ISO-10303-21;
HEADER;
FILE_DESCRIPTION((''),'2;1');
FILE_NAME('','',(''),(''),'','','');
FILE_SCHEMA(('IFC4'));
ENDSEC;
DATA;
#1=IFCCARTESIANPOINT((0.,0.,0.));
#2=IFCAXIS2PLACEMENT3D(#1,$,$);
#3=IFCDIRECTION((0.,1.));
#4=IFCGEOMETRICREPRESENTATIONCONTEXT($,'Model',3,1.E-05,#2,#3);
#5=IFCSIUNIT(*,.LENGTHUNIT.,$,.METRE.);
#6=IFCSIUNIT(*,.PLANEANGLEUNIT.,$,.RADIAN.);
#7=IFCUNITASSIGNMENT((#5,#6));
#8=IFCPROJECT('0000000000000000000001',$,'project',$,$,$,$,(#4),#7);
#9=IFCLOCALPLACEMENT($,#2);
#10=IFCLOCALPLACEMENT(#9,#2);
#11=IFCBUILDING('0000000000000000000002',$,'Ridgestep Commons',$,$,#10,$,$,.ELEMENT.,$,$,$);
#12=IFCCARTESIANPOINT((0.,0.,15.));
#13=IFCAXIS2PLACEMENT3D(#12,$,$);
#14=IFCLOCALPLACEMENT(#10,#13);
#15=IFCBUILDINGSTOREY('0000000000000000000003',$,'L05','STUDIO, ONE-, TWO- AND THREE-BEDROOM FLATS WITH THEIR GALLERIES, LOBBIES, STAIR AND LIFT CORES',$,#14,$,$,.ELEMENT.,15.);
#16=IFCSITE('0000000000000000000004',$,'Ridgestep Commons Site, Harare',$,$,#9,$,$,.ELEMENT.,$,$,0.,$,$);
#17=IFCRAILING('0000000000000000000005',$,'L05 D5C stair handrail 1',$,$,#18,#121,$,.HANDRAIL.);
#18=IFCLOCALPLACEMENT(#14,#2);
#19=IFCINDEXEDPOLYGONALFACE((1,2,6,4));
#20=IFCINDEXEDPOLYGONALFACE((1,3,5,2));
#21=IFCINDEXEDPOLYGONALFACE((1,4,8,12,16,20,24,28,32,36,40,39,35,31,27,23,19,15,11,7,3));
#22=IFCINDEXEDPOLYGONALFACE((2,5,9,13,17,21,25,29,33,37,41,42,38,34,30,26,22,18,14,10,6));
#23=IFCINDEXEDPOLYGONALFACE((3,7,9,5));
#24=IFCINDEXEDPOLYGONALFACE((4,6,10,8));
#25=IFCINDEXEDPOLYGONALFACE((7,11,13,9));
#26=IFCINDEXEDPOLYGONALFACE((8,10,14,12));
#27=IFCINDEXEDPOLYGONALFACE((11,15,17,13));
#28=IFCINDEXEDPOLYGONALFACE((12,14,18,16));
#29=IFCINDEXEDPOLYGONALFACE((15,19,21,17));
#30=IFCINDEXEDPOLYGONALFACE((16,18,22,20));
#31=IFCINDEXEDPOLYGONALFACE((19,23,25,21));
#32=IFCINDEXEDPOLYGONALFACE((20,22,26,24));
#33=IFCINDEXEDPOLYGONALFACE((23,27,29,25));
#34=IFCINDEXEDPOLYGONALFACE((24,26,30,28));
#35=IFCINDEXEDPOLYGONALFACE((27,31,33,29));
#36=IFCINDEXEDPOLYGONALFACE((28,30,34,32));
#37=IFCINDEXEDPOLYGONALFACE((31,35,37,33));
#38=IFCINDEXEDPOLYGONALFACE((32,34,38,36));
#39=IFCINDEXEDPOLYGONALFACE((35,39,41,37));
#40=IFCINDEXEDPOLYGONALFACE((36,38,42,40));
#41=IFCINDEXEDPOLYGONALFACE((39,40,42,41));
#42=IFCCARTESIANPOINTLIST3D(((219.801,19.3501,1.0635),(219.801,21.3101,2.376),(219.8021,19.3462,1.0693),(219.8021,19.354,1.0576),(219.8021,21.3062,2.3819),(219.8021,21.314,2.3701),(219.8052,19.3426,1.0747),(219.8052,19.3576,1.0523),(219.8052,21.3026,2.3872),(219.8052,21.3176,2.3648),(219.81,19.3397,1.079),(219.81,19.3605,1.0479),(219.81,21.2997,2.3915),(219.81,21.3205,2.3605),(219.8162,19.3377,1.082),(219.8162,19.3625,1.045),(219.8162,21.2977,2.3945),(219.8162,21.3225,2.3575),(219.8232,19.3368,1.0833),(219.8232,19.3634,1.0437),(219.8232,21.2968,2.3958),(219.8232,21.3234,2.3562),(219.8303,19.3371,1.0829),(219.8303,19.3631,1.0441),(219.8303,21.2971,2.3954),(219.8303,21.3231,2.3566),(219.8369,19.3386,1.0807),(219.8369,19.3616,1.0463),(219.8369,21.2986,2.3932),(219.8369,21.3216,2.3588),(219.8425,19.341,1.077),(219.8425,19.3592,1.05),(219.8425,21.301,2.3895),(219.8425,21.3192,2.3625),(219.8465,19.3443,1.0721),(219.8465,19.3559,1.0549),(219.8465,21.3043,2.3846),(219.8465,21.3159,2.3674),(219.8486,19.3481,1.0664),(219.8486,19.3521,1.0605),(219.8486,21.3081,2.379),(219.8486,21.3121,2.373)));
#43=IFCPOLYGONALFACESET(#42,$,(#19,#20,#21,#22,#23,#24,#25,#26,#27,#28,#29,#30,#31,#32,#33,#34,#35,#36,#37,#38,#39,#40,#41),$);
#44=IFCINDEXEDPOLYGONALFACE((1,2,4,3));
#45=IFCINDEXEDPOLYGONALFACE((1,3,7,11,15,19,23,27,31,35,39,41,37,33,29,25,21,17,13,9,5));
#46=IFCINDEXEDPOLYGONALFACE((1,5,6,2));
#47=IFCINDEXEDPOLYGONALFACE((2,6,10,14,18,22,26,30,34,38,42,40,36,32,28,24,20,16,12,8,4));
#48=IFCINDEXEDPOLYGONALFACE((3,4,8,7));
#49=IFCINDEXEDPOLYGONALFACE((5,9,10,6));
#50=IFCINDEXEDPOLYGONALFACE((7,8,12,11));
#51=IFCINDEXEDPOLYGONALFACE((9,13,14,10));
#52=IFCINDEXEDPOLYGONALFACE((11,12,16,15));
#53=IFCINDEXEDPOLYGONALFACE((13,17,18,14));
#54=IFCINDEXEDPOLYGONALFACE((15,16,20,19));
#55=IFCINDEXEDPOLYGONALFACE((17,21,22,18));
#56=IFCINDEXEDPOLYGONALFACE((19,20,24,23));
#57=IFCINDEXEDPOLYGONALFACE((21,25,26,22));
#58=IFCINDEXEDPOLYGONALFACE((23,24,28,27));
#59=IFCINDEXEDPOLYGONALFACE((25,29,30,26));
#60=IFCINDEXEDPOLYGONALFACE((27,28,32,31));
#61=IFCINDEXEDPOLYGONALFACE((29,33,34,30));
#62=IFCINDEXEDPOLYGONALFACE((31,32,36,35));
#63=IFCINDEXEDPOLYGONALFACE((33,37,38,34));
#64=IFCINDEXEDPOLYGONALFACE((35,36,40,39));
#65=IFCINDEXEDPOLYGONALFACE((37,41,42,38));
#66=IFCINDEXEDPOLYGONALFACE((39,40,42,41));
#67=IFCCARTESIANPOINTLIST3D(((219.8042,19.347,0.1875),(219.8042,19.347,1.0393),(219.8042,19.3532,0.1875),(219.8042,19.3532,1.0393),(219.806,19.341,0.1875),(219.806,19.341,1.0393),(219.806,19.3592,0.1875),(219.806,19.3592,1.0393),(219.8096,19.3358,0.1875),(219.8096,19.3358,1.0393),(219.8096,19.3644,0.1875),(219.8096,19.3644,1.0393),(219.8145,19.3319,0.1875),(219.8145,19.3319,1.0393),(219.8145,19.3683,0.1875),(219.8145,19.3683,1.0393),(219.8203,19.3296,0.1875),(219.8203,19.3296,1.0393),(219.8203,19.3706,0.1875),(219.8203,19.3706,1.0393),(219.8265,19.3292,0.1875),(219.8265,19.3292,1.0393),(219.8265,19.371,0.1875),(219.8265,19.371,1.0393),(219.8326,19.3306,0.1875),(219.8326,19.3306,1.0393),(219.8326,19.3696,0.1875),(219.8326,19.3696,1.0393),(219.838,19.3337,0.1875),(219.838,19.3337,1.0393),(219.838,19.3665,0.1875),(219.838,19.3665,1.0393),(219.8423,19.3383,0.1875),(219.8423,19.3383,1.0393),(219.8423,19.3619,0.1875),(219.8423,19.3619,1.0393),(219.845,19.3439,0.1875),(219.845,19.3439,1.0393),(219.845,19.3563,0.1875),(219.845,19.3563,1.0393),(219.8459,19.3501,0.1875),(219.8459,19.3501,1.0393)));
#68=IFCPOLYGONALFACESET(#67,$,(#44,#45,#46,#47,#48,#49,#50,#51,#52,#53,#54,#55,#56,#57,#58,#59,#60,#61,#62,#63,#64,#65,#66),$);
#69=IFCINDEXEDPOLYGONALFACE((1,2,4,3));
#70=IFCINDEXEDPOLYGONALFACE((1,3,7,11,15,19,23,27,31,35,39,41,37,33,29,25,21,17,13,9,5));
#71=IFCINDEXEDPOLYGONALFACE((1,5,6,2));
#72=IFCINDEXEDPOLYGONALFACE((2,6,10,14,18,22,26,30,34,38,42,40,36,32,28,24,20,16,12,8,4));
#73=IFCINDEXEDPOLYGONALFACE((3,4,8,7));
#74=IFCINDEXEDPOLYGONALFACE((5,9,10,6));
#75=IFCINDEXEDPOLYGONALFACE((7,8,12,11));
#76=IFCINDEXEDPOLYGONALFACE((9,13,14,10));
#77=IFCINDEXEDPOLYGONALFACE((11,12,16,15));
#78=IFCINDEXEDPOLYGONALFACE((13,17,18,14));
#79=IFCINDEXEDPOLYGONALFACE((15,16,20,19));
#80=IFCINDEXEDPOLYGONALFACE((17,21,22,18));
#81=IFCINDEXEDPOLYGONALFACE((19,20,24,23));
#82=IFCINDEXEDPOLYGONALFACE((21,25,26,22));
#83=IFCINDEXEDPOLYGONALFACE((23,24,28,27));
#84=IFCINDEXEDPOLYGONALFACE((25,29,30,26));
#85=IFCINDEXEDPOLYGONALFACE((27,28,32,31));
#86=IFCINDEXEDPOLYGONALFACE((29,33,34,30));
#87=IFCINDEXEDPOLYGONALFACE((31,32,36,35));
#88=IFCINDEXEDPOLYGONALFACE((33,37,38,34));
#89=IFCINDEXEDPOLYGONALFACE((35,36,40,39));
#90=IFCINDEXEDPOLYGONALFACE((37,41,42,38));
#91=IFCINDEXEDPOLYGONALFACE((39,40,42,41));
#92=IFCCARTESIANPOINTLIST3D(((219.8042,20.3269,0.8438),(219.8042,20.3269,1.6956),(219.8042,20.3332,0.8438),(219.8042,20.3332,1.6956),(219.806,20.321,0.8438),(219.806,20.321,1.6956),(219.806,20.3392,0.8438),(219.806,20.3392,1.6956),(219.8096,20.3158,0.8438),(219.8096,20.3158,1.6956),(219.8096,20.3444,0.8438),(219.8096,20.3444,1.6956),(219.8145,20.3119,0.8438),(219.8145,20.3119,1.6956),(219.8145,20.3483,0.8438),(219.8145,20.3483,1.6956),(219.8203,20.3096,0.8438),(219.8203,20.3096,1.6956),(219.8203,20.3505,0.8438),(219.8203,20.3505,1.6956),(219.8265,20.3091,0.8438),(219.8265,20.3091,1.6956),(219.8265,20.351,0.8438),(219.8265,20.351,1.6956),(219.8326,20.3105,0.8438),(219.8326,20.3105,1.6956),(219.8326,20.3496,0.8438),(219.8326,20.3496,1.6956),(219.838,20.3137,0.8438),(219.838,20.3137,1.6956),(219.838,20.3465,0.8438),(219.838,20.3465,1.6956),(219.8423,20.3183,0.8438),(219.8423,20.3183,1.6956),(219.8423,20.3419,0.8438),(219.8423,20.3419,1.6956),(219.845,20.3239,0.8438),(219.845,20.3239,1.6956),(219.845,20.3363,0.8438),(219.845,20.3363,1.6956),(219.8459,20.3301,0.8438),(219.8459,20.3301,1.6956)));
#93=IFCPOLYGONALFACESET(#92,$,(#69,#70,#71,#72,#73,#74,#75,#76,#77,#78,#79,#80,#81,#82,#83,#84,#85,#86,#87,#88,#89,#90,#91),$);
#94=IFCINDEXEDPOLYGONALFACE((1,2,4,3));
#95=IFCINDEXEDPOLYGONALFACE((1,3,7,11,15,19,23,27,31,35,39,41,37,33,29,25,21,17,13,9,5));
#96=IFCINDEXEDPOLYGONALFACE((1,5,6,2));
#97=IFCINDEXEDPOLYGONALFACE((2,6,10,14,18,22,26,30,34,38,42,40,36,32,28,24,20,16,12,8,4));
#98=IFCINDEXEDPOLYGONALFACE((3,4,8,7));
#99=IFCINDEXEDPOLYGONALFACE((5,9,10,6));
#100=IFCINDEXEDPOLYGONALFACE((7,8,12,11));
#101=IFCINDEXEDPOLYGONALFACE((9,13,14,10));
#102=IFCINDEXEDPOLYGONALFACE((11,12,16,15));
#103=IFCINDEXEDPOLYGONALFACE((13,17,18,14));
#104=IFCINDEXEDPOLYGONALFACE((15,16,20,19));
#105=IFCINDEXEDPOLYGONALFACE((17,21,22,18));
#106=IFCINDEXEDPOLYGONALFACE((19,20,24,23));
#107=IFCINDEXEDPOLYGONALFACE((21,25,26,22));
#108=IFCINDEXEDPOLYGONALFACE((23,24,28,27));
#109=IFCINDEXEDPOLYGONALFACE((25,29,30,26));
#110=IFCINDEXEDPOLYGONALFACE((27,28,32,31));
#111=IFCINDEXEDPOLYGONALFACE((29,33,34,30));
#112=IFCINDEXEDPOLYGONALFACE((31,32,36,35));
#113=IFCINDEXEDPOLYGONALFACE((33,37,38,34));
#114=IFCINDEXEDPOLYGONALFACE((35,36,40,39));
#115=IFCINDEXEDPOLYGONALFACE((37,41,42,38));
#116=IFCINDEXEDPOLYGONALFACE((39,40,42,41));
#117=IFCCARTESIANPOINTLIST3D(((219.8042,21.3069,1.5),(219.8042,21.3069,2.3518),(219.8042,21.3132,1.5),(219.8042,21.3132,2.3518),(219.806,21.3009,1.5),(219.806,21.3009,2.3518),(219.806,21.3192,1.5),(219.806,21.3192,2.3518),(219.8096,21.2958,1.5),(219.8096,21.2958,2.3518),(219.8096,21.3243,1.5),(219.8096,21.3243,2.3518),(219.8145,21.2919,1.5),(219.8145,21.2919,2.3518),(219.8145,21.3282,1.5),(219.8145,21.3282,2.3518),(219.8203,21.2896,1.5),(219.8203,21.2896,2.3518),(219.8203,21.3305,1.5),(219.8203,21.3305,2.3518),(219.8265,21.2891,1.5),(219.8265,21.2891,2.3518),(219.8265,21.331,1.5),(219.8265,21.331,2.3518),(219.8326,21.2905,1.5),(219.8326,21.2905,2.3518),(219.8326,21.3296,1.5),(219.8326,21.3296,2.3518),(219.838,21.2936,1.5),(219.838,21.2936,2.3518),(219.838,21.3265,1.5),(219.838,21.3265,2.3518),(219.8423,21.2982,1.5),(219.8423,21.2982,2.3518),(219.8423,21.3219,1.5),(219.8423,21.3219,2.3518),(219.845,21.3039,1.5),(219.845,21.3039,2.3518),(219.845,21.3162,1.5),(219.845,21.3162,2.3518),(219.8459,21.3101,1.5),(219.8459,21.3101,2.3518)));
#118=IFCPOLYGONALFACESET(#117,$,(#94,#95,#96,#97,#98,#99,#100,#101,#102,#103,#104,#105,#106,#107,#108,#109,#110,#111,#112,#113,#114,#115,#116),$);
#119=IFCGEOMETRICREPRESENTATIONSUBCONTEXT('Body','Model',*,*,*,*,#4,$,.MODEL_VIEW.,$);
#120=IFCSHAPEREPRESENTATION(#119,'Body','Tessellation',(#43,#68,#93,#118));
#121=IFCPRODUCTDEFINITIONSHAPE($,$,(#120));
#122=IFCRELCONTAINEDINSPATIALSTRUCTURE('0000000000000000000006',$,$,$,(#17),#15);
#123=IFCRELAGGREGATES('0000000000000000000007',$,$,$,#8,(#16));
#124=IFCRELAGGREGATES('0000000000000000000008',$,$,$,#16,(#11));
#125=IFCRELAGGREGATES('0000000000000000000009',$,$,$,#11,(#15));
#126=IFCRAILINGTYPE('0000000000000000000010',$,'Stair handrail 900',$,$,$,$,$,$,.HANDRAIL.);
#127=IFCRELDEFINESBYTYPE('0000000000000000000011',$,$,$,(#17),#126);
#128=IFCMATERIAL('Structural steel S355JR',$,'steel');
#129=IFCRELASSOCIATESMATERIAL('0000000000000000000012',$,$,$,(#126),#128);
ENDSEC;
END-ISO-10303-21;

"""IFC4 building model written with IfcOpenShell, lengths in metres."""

from ifc_helpers import new_model, si_unit, direction, frame, origin, origin_2d, place, context, subcontext, project, spatial, circle, extrude, material, type_object, element, save


model = new_model("IFC4")

# Units and contexts
model_context = context("Model", 3, precision=1e-05, world=origin(), true_north=direction((0.0, 1.0)))
body_context = subcontext(model_context, "Body", "Model", "MODEL_VIEW")
ifc_project = project(units=[si_unit("LENGTHUNIT", "METRE"), si_unit("PLANEANGLEUNIT", "RADIAN")], contexts=[model_context])

# Site, building, storey
site_placement = place(None, origin())
site = spatial("IfcSite", under=ifc_project, at=site_placement, Name="Ridgestep Commons Site, Harare", CompositionType="ELEMENT", RefElevation=0.0)
building_placement = place(site_placement, origin())
building = spatial("IfcBuilding", under=site, at=building_placement, Name="Ridgestep Commons", CompositionType="ELEMENT")
storey_placement = place(building_placement, frame((0.0, 0.0, 15.0)))
storey = spatial("IfcBuildingStorey", under=building, at=storey_placement, Name="L05", Description="STUDIO, ONE-, TWO- AND THREE-BEDROOM FLATS WITH THEIR GALLERIES, LOBBIES, STAIR AND LIFT CORES", CompositionType="ELEMENT", Elevation=15.0)

# Railing
ifc_material_1 = material(Name="Structural steel S355JR", Category="steel")
railing_type_1 = type_object("IfcRailingType", Name="Stair handrail 900", PredefinedType="HANDRAIL", material=ifc_material_1)
railing_1_placement = place(storey_placement, frame((219.825, 19.3501, 0.1875)))
element("IfcRailing", 1, at=railing_1_placement, inside=storey, type_object=railing_type_1, Name="L05 D5C stair handrail 1", PredefinedType="HANDRAIL", context=body_context, shape_type="SweptSolid", body=[
    extrude(circle(Radius=0.0239, at=origin_2d()), frame((0.0, 0.0, 0.876), z_axis=(0.0, 0.830902, 0.556419), x_axis=(-1.0, 0.0, 0.0)), (0.0, 0.0, 1.0), 2.3589),
    extrude(circle(Radius=0.021, at=origin_2d()), origin(), (0.0, 0.0, 1.0), 0.8518),
    extrude(circle(Radius=0.021, at=origin_2d()), frame((0.0, 0.98, 0.6562)), (0.0, 0.0, 1.0), 0.8518),
    extrude(circle(Radius=0.021, at=origin_2d()), frame((0.0, 1.96, 1.3125)), (0.0, 0.0, 1.0), 0.8518),
])

save(model, "model.ifc")
